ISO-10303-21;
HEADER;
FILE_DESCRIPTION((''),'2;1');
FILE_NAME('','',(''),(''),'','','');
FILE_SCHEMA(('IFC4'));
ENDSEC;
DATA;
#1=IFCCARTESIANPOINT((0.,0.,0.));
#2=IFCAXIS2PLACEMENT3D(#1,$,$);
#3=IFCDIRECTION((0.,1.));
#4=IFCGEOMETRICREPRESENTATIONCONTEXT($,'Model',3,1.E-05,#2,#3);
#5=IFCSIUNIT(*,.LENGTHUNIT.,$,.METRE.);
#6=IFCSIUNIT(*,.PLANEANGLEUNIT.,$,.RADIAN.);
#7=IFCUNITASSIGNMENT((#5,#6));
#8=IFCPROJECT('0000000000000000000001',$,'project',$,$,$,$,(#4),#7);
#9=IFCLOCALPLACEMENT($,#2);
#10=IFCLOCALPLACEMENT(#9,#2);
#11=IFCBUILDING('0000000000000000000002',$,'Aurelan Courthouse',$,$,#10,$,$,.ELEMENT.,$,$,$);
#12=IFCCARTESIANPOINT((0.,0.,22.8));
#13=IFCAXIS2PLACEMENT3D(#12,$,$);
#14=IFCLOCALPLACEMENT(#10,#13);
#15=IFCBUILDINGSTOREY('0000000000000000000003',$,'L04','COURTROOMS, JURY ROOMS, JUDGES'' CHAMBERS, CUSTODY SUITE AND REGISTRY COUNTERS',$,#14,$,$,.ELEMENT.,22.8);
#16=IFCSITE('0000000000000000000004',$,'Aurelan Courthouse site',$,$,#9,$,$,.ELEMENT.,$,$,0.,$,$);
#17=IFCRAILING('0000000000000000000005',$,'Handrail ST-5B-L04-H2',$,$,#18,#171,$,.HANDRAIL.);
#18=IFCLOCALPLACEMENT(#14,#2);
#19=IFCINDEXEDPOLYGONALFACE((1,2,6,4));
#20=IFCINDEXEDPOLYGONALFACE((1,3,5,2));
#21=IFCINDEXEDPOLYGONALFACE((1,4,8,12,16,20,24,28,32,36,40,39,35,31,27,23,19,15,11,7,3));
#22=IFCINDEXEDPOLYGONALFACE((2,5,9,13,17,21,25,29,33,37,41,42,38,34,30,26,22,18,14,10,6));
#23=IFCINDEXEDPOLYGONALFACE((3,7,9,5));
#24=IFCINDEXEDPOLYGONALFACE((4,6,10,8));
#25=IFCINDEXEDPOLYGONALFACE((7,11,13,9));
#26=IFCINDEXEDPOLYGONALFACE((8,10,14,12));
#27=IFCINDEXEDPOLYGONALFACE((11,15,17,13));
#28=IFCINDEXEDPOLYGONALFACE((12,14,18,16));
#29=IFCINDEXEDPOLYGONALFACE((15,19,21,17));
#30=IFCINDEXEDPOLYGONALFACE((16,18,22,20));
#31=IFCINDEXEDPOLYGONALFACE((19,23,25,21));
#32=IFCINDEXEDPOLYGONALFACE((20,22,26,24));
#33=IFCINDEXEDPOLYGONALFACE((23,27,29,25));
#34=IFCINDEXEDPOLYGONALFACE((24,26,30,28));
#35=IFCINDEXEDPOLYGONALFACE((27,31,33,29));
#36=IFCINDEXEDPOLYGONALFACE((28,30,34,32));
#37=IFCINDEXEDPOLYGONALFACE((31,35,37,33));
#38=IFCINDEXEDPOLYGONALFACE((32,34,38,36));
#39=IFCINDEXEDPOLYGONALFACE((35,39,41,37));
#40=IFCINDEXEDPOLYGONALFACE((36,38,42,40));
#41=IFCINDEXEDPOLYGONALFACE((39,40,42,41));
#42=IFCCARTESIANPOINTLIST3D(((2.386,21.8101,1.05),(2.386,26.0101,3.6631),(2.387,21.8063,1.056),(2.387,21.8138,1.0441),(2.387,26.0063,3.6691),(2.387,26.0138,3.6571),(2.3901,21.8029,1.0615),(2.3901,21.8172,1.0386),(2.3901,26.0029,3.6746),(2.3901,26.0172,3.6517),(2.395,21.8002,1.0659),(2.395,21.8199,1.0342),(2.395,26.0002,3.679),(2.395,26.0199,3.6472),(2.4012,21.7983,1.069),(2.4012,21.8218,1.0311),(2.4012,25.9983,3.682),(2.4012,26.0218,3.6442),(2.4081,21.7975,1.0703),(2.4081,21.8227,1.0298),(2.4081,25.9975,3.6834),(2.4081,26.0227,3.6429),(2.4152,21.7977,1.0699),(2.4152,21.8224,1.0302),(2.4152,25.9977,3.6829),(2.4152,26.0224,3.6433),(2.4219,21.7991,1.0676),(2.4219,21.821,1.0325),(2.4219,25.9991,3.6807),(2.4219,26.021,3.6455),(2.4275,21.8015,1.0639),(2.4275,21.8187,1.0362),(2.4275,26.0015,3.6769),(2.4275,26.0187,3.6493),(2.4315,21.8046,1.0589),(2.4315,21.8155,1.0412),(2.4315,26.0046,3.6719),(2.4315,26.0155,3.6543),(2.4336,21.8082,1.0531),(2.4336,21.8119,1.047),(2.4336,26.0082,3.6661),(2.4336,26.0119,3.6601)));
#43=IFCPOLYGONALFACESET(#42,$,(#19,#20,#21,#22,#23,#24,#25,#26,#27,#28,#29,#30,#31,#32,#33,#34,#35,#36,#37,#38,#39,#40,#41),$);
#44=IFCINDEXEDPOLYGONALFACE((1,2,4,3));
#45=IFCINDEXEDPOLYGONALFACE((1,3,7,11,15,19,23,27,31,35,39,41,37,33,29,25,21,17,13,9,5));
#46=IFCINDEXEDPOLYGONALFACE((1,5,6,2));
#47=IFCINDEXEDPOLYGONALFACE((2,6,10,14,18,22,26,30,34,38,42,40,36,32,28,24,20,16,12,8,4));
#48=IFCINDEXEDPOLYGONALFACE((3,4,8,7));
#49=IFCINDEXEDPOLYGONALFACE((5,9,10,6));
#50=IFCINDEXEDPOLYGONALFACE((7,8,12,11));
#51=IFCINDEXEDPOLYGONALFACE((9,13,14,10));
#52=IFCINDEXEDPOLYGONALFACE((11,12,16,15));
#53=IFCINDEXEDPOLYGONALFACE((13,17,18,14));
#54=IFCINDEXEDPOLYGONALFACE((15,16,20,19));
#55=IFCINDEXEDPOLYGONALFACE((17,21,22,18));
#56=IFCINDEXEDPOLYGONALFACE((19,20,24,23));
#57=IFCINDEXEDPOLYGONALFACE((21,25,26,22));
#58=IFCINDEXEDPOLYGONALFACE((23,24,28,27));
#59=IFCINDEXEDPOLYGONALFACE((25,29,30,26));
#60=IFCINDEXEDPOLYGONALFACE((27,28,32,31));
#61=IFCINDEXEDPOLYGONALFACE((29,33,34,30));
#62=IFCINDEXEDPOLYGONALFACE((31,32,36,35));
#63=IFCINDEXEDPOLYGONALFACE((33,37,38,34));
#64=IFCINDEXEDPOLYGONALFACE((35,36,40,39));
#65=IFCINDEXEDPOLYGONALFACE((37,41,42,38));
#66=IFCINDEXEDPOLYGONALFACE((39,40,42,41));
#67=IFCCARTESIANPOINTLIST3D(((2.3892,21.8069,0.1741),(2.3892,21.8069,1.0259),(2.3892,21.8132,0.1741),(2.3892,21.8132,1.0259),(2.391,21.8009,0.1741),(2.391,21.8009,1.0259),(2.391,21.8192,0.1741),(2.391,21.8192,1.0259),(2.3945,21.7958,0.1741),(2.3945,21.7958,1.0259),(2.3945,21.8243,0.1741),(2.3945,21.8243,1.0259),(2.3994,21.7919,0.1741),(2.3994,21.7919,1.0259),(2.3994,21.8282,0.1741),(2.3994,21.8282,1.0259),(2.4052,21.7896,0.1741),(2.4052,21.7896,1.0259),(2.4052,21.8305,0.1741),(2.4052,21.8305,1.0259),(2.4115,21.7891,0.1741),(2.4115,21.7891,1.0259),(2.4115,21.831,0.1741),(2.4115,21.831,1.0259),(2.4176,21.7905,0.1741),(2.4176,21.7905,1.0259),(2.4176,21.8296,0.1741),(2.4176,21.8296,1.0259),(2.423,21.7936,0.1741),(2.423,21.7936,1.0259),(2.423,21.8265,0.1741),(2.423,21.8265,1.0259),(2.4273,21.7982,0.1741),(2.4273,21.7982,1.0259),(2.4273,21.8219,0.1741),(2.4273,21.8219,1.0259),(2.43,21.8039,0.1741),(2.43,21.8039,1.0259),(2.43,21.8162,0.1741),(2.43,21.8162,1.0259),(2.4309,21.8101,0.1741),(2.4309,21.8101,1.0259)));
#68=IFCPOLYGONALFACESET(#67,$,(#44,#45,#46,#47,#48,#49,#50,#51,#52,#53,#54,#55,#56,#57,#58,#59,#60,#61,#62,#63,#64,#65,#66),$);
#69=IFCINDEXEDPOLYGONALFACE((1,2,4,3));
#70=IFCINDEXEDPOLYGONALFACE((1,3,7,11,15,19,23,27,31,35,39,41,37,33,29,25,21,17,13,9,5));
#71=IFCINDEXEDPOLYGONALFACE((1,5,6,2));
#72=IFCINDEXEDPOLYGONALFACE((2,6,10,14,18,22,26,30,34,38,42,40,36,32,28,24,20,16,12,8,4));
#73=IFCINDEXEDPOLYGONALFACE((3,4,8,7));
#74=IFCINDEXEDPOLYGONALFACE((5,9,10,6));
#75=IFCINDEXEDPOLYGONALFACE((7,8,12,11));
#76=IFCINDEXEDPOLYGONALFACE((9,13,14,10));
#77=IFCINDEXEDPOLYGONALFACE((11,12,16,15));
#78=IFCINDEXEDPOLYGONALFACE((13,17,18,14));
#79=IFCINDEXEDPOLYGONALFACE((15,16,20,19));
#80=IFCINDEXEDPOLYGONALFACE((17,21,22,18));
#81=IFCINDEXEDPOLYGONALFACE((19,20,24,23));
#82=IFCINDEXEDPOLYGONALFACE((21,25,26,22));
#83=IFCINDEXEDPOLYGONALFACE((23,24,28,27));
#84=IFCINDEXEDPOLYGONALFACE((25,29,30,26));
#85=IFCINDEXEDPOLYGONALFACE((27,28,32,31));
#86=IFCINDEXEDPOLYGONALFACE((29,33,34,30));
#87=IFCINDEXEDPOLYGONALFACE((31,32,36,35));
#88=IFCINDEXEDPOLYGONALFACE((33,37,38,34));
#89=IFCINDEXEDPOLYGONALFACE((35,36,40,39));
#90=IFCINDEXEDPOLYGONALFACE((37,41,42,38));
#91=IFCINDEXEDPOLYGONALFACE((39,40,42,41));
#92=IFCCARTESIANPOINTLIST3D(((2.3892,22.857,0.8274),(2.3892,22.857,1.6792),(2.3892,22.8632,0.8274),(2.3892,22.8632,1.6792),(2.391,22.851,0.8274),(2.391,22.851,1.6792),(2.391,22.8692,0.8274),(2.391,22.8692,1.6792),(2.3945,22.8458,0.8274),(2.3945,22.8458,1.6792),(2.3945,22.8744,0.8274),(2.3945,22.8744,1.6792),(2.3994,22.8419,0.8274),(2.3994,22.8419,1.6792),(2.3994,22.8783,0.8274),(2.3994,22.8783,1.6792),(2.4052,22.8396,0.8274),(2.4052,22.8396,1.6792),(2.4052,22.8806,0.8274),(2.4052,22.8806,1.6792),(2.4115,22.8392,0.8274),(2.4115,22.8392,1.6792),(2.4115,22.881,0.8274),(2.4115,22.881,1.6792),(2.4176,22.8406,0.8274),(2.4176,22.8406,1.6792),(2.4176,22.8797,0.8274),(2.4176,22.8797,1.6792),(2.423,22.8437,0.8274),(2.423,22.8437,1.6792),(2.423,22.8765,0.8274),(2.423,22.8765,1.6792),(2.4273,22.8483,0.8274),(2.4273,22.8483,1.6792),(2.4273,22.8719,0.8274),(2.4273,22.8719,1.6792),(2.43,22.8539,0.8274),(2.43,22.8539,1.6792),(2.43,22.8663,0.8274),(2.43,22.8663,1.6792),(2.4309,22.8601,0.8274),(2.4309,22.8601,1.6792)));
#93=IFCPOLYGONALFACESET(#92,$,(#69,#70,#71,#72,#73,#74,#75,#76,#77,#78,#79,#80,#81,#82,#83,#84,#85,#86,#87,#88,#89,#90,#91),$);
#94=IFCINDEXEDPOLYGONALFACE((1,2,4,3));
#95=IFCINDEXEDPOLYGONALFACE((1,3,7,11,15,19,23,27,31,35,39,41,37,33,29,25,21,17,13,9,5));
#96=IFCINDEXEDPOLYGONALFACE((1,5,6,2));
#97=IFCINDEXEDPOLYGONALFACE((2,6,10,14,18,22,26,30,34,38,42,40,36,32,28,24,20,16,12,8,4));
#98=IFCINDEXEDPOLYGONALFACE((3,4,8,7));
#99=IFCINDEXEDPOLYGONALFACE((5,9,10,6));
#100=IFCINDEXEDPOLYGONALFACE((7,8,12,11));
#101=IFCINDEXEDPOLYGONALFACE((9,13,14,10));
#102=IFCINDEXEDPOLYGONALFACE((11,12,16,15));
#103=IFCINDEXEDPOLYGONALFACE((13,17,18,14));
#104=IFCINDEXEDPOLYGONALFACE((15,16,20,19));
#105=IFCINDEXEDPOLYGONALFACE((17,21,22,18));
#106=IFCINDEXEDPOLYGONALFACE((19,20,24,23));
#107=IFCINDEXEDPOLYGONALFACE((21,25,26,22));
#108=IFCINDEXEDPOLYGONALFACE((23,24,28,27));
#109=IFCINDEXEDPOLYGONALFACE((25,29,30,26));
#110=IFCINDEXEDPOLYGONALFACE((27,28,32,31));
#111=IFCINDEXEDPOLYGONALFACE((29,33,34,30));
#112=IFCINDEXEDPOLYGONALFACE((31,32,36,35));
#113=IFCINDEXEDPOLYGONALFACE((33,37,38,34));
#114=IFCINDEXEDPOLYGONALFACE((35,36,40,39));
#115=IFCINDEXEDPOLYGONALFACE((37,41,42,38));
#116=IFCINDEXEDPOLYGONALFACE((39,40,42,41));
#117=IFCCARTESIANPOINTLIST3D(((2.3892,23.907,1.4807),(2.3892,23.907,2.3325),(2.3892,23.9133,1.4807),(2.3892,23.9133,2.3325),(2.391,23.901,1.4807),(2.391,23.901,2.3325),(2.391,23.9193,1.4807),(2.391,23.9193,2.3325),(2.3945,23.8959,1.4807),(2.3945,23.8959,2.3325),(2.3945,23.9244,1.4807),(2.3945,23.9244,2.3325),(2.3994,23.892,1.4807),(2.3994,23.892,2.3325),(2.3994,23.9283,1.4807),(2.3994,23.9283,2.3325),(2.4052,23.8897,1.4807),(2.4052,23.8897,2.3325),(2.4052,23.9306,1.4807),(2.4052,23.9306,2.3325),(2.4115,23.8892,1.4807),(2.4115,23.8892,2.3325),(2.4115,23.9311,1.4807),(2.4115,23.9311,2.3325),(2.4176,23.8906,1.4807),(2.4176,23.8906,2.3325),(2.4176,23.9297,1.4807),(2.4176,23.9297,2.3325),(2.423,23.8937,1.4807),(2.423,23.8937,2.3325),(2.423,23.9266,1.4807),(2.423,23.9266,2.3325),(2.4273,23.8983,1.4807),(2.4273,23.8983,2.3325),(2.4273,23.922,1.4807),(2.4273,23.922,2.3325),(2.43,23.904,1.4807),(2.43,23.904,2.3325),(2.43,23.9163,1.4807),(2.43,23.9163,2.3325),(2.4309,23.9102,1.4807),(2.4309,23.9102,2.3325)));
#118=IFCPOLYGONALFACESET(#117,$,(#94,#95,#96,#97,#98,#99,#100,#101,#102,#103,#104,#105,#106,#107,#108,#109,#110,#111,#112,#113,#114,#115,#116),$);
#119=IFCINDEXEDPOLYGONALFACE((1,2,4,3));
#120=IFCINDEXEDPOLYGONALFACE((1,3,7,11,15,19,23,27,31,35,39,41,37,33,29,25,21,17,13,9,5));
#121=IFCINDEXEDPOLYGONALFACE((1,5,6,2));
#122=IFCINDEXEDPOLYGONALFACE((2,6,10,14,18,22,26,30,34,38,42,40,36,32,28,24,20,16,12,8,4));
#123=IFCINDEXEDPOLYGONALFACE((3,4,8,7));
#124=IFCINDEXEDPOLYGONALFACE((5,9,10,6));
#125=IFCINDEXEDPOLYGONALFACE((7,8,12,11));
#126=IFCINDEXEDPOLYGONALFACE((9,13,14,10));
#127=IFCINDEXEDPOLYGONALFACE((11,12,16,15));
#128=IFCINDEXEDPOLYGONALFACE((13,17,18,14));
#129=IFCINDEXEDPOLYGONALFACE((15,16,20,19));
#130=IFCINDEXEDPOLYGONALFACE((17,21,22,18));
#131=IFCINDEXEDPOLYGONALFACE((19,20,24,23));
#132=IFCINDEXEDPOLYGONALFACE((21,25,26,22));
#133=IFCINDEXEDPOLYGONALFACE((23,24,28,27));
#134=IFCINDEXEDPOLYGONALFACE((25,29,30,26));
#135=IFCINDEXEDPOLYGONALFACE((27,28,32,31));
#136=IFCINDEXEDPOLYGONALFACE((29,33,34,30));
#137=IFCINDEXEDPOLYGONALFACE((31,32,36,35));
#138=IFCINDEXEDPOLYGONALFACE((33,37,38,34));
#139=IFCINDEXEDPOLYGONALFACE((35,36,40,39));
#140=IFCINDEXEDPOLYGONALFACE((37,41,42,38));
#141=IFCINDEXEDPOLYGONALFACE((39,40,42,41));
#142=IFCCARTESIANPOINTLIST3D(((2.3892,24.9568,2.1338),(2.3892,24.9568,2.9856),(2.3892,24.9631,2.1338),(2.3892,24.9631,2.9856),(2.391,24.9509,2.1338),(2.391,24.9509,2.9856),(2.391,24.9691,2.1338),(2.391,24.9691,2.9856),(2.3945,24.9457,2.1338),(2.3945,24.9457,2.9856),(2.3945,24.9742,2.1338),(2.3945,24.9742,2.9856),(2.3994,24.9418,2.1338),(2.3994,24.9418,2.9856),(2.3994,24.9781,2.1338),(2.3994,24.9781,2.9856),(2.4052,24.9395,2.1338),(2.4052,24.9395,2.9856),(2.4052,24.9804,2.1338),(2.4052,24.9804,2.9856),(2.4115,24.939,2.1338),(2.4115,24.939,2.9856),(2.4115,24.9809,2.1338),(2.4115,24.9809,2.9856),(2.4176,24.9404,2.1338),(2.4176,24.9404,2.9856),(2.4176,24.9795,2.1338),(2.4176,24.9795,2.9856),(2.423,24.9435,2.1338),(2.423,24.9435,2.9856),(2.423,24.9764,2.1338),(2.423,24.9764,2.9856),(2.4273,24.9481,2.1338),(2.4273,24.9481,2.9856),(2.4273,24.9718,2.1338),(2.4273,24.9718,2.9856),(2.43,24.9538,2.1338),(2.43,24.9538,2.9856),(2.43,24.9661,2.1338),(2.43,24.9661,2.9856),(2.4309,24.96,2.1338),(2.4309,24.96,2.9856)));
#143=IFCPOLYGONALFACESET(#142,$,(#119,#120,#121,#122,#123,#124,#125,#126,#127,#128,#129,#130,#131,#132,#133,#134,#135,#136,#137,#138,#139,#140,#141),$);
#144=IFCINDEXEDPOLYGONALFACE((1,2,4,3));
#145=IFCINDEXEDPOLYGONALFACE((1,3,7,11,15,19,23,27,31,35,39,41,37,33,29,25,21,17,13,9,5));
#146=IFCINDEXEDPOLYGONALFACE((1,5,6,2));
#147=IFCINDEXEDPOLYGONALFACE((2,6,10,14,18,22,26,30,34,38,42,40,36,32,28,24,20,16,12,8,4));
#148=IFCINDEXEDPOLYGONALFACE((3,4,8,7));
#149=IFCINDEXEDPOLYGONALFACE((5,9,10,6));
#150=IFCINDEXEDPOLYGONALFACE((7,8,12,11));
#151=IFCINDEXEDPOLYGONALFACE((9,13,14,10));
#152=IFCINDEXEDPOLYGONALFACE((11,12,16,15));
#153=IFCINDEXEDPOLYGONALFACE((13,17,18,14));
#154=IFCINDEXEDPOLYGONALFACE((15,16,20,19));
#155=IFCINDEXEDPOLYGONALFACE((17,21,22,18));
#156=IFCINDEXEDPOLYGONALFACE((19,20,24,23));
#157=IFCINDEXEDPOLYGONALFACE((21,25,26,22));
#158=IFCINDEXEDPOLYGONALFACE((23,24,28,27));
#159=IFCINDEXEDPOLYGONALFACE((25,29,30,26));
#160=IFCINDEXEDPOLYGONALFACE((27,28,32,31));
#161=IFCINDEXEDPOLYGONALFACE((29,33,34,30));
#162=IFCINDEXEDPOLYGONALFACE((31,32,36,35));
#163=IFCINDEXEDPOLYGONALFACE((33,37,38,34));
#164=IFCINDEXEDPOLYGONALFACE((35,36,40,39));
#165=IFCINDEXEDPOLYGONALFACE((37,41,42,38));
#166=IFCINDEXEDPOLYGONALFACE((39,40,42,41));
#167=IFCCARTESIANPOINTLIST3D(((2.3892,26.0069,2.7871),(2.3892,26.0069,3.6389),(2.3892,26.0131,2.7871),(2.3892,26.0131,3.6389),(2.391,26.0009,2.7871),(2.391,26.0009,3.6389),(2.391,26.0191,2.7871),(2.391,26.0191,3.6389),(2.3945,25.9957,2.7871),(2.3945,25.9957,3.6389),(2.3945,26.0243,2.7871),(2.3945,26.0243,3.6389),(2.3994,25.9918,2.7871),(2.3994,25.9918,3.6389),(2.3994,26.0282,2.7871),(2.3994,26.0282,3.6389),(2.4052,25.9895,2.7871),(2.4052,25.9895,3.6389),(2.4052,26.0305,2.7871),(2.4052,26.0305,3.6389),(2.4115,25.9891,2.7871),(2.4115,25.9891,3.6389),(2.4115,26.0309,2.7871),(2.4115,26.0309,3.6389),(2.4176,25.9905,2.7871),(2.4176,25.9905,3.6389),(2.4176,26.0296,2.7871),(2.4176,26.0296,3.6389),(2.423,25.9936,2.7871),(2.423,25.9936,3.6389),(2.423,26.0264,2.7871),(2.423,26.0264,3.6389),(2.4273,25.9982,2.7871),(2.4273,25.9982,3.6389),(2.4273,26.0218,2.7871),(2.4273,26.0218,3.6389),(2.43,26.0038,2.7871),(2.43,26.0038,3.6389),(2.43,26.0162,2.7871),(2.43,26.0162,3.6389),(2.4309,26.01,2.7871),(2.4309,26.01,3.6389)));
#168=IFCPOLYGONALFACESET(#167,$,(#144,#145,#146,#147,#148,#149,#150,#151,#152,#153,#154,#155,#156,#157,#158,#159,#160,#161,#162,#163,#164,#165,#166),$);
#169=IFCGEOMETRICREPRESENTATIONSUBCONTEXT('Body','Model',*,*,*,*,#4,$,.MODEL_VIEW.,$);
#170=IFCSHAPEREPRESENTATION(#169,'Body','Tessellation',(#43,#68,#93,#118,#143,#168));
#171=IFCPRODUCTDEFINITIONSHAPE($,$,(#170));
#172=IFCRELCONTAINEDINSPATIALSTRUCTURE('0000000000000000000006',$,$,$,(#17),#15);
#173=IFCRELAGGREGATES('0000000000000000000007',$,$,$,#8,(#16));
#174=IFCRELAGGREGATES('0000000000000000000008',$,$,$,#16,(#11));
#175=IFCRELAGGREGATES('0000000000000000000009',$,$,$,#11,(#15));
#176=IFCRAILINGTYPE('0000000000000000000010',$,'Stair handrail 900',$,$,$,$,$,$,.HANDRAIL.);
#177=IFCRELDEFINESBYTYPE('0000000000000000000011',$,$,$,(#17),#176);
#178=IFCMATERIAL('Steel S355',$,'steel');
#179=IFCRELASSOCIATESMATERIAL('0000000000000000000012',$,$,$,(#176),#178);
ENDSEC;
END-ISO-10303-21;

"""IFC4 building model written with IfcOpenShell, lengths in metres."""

from ifc_helpers import new_model, si_unit, direction, frame, origin, origin_2d, place, context, subcontext, project, spatial, circle, extrude, material, type_object, element, save


model = new_model("IFC4")

# Units and contexts
model_context = context("Model", 3, precision=1e-05, world=origin(), true_north=direction((0.0, 1.0)))
body_context = subcontext(model_context, "Body", "Model", "MODEL_VIEW")
ifc_project = project(units=[si_unit("LENGTHUNIT", "METRE"), si_unit("PLANEANGLEUNIT", "RADIAN")], contexts=[model_context])

# Site, building, storey
site_placement = place(None, origin())
site = spatial("IfcSite", under=ifc_project, at=site_placement, Name="Aurelan Courthouse site", CompositionType="ELEMENT", RefElevation=0.0)
building_placement = place(site_placement, origin())
building = spatial("IfcBuilding", under=site, at=building_placement, Name="Aurelan Courthouse", CompositionType="ELEMENT")
storey_placement = place(building_placement, frame((0.0, 0.0, 22.8)))
storey = spatial("IfcBuildingStorey", under=building, at=storey_placement, Name="L04", Description="COURTROOMS, JURY ROOMS, JUDGES' CHAMBERS, CUSTODY SUITE AND REGISTRY COUNTERS", CompositionType="ELEMENT", Elevation=22.8)

# Railing
ifc_material_1 = material(Name="Steel S355", Category="steel")
railing_type_1 = type_object("IfcRailingType", Name="Stair handrail 900", PredefinedType="HANDRAIL", material=ifc_material_1)
for number, where, name in (
    (1, (2.4099, 21.8101, 0.1741), "Handrail ST-5B-L04-H2"),
):
    element("IfcRailing", number, at=place(storey_placement, frame(where)), inside=storey, type_object=railing_type_1, Name=name, PredefinedType="HANDRAIL", context=body_context, shape_type="SweptSolid", body=[
        extrude(circle(Radius=0.0239, at=origin_2d()), frame((0.0, 0.0, 0.876), z_axis=(0.0, 0.849081, 0.528263), x_axis=(-1.0, 0.0, 0.0)), (0.0, 0.0, 1.0), 4.9465),
        extrude(circle(Radius=0.021, at=origin_2d()), origin(), (0.0, 0.0, 1.0), 0.8518),
        extrude(circle(Radius=0.021, at=origin_2d()), frame((0.0, 1.05, 0.6533)), (0.0, 0.0, 1.0), 0.8518),
        extrude(circle(Radius=0.021, at=origin_2d()), frame((0.0, 2.1001, 1.3066)), (0.0, 0.0, 1.0), 0.8518),
        extrude(circle(Radius=0.021, at=origin_2d()), frame((0.0, 3.1499, 1.9597)), (0.0, 0.0, 1.0), 0.8518),
        extrude(circle(Radius=0.021, at=origin_2d()), frame((0.0, 4.2, 2.613)), (0.0, 0.0, 1.0), 0.8518),
    ])

save(model, "model.ifc")
